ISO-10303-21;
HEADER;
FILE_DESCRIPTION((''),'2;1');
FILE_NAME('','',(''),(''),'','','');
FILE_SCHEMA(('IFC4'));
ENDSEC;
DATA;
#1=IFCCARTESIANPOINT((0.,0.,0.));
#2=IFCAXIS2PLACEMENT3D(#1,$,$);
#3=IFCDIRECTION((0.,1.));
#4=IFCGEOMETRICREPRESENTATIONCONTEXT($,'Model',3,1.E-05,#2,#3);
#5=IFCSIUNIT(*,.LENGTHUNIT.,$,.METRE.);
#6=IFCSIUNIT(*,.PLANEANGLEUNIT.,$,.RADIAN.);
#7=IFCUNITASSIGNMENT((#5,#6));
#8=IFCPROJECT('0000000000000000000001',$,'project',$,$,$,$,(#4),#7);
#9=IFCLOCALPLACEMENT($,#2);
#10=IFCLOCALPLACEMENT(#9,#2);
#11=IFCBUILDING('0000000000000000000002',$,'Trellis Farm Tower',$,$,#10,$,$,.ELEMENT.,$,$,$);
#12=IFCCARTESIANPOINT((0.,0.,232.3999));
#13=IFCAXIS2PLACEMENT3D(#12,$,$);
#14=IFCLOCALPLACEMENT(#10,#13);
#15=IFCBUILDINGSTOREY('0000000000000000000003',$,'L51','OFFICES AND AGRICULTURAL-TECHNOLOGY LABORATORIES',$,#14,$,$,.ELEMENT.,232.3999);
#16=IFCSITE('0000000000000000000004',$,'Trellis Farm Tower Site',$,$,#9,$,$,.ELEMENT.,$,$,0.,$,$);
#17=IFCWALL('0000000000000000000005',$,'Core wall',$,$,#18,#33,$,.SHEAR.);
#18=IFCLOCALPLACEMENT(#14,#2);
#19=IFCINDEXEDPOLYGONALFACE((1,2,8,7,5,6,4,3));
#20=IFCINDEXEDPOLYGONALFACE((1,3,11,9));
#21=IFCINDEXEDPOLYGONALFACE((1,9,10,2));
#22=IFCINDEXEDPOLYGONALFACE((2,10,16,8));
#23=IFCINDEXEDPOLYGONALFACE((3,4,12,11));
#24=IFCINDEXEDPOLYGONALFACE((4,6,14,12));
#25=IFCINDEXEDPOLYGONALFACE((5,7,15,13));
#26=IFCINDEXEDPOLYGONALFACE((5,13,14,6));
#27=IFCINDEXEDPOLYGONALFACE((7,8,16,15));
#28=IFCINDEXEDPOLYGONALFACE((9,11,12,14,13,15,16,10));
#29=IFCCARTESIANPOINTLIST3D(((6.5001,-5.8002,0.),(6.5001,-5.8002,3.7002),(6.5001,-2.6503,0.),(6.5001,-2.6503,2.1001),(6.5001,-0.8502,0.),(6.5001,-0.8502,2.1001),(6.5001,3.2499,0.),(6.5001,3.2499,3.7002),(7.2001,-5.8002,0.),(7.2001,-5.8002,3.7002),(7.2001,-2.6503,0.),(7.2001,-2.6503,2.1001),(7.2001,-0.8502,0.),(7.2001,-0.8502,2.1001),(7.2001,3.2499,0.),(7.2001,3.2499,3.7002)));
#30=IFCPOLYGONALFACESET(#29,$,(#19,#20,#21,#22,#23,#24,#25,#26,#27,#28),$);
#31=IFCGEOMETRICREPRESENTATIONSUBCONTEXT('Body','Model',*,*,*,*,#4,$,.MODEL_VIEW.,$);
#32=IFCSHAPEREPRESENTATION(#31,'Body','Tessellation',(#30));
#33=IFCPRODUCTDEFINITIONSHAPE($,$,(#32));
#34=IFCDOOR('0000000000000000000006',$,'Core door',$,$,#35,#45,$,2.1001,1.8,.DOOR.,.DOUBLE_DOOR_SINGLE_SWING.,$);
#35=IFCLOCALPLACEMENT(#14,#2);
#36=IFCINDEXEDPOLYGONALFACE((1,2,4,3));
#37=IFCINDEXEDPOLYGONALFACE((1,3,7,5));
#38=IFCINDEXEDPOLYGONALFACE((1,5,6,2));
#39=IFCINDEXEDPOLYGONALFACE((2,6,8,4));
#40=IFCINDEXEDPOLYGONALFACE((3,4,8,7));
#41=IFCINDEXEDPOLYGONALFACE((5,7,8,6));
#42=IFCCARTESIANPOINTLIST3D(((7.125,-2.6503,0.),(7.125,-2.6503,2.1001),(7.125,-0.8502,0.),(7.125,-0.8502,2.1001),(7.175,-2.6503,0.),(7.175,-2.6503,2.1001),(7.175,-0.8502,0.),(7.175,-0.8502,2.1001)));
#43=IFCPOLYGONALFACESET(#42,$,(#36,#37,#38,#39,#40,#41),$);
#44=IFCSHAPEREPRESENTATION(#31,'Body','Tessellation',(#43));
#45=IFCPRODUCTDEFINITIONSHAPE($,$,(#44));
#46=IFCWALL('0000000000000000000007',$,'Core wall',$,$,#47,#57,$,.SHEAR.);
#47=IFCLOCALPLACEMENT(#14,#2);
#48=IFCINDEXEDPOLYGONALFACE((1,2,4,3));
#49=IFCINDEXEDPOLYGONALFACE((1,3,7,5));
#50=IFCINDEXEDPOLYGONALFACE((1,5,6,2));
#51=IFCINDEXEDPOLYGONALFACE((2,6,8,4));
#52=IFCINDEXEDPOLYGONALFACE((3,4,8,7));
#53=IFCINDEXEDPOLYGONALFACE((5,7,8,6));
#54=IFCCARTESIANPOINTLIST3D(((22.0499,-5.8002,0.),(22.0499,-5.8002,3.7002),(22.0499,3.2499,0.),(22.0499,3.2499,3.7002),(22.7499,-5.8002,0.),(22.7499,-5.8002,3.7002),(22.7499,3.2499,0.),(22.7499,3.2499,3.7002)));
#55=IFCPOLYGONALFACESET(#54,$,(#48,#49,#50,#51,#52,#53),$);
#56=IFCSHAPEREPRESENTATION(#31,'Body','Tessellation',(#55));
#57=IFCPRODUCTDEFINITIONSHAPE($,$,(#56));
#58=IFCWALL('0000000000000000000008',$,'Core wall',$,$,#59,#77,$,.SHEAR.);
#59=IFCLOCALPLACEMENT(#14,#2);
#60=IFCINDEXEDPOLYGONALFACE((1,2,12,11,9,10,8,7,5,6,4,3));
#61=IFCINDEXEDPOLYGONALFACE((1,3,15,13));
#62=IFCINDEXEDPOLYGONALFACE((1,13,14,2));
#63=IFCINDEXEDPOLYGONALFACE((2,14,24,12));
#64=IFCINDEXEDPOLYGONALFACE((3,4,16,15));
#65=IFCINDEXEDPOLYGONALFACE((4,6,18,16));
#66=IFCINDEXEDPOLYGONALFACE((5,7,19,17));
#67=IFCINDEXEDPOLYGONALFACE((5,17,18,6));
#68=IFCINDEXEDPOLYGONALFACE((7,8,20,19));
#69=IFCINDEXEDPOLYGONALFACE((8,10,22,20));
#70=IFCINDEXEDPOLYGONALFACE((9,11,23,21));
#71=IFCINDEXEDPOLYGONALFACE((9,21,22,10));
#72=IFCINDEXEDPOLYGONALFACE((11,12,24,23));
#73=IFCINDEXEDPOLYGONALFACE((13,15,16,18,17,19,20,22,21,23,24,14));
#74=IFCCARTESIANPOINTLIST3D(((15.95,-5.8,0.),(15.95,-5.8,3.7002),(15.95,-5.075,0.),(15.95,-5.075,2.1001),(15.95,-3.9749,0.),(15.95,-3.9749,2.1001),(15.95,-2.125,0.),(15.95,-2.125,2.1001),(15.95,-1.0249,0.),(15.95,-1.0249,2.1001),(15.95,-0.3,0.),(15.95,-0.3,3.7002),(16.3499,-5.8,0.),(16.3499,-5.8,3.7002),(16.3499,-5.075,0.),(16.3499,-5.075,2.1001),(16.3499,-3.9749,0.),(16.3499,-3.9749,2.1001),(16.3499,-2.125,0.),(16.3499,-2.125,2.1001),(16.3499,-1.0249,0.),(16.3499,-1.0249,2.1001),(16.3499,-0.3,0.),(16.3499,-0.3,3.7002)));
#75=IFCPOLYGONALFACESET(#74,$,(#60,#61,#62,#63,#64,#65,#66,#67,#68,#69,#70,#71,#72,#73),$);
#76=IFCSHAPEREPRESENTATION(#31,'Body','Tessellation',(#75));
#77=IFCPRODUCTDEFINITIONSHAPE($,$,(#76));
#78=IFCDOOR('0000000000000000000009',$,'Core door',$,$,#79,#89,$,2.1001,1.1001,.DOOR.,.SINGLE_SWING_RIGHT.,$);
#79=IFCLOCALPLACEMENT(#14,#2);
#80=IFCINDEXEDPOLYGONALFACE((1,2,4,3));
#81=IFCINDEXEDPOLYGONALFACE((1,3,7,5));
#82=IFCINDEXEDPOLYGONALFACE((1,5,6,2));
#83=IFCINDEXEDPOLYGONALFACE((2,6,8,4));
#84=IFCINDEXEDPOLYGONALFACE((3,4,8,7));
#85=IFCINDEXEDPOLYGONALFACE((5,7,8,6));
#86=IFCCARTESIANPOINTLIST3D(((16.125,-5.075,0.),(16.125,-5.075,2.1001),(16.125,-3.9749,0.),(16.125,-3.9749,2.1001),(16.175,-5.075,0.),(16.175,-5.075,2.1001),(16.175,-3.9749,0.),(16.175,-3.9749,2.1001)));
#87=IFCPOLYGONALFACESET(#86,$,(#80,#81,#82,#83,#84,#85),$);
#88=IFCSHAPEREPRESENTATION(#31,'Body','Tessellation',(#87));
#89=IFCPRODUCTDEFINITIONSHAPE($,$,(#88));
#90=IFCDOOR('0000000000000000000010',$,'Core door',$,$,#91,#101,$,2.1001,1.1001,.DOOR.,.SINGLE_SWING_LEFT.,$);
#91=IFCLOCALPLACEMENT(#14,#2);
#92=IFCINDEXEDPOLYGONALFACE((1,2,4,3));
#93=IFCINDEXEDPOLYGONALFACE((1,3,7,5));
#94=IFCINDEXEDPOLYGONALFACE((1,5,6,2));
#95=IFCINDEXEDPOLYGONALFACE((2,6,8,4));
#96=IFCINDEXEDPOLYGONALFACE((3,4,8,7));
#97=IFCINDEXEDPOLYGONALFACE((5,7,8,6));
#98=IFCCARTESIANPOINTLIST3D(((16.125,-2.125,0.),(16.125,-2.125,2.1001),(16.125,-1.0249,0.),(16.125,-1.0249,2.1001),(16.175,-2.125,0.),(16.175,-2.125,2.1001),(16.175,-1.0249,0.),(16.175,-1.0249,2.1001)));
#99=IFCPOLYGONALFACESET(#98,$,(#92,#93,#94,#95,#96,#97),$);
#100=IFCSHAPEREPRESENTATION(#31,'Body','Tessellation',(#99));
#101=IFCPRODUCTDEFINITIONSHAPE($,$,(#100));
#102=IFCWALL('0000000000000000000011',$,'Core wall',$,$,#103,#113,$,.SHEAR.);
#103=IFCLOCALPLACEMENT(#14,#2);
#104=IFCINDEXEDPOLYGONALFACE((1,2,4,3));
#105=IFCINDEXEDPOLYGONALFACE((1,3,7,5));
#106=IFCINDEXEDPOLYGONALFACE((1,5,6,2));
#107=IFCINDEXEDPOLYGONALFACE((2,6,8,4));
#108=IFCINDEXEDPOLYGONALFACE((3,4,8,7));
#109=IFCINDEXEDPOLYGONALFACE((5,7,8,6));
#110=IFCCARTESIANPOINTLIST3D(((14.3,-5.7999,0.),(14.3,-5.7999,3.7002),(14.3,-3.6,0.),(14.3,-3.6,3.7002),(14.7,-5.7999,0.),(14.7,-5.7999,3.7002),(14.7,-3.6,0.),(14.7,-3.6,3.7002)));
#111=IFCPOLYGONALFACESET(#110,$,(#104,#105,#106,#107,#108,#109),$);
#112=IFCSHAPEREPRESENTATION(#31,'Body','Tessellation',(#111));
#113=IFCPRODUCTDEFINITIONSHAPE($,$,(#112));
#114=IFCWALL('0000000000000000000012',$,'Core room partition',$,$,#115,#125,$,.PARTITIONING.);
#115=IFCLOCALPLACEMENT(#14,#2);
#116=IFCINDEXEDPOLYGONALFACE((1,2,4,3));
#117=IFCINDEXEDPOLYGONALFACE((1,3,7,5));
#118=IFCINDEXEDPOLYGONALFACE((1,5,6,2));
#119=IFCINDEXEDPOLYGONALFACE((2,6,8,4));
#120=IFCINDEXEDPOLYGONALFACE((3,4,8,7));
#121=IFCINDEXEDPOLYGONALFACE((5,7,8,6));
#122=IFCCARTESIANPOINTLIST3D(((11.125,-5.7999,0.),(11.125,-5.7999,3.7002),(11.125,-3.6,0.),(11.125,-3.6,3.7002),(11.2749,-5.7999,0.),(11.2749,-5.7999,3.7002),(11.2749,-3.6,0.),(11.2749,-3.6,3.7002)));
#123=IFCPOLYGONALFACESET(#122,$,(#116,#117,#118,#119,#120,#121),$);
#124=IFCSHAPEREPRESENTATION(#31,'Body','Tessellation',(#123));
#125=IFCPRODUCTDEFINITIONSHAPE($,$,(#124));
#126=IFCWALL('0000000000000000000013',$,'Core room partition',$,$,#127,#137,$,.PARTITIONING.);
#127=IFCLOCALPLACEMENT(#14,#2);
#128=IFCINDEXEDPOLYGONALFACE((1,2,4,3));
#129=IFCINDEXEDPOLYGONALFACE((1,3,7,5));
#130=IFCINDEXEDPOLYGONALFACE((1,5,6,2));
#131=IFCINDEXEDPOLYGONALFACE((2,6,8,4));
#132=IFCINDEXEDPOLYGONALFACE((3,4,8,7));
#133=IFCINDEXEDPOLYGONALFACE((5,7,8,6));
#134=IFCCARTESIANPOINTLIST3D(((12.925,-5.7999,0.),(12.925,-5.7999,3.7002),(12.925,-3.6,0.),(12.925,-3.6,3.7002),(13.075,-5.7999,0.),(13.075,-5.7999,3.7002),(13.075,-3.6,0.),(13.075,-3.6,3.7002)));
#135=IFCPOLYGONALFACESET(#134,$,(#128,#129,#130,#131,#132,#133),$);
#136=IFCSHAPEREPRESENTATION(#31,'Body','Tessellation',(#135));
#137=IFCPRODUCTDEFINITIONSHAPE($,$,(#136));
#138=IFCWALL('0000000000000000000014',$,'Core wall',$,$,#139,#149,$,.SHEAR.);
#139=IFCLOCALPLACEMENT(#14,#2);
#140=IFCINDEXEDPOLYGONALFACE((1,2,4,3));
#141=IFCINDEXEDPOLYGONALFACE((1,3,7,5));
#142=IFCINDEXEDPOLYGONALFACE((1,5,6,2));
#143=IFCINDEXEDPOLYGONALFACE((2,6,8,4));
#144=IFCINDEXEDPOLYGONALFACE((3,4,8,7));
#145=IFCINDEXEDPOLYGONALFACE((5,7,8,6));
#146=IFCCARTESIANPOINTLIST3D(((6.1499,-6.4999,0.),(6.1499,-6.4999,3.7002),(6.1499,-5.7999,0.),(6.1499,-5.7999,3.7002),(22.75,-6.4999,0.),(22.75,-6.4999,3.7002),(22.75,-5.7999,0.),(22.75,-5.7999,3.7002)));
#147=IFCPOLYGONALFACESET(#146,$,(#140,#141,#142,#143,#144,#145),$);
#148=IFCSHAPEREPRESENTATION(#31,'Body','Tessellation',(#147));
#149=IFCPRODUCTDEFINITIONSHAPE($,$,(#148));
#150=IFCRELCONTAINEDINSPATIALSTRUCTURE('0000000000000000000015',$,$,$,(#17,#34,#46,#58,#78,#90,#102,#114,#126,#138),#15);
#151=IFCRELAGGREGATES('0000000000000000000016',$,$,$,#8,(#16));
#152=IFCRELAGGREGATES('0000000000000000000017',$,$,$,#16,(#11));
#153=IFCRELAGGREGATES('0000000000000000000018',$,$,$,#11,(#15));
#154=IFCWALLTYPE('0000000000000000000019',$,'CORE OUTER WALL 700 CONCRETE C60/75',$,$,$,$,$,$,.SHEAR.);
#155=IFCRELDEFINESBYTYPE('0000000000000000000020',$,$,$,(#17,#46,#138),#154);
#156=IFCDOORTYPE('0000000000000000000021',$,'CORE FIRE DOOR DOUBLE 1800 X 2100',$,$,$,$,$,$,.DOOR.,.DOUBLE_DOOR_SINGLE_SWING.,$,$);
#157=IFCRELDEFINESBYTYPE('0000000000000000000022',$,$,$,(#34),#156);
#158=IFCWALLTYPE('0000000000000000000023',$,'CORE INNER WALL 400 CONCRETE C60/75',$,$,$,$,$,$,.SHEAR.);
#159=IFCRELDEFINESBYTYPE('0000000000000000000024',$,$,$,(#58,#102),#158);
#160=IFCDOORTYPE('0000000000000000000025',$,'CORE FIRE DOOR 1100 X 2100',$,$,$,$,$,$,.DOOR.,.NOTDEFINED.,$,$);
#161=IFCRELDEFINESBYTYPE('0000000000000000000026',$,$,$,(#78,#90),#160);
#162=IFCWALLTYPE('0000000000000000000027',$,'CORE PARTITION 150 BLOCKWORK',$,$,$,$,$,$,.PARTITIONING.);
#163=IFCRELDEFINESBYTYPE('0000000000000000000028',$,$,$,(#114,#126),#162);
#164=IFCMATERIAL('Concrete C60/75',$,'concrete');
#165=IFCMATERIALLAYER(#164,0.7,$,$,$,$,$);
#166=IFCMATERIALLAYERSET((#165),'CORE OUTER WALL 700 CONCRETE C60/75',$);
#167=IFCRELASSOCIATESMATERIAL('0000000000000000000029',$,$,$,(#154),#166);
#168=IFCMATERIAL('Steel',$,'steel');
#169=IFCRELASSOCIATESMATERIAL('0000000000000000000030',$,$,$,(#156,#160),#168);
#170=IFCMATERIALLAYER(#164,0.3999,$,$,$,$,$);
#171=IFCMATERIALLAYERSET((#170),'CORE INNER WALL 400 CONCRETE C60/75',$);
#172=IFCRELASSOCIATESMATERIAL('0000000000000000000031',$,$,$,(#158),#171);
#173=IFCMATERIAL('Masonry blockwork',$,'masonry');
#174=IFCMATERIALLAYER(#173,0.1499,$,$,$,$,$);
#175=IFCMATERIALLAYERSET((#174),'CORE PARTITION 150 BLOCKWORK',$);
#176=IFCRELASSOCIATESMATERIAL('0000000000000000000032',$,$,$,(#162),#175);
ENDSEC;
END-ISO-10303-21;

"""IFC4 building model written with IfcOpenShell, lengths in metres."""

from ifc_helpers import new_model, si_unit, direction, frame, frame_2d, origin, place, context, subcontext, project, spatial, rectangle, extrude, source, transform, mapped, material, layer, layer_set, type_object, element, fill, save


model = new_model("IFC4")

# Units and contexts
model_context = context("Model", 3, precision=1e-05, world=origin(), true_north=direction((0.0, 1.0)))
body_context = subcontext(model_context, "Body", "Model", "MODEL_VIEW")
ifc_project = project(units=[si_unit("LENGTHUNIT", "METRE"), si_unit("PLANEANGLEUNIT", "RADIAN")], contexts=[model_context])

# Site, building, storey
site_placement = place(None, origin())
site = spatial("IfcSite", under=ifc_project, at=site_placement, Name="Trellis Farm Tower Site", CompositionType="ELEMENT", RefElevation=0.0)
building_placement = place(site_placement, origin())
building = spatial("IfcBuilding", under=site, at=building_placement, Name="Trellis Farm Tower", CompositionType="ELEMENT")
storey_placement = place(building_placement, frame((0.0, 0.0, 232.3999)))
storey = spatial("IfcBuildingStorey", under=building, at=storey_placement, Name="L51", Description="OFFICES AND AGRICULTURAL-TECHNOLOGY LABORATORIES", CompositionType="ELEMENT", Elevation=232.3999)

# Shared definitions
ifc_material_1 = material(Name="Concrete C60/75", Category="concrete")

# Wall, opening, door
ifc_layer_1 = layer(ifc_material_1, 0.7)
ifc_layer_set_1 = layer_set([ifc_layer_1], Name="CORE OUTER WALL 700 CONCRETE C60/75")
wall_type_1 = type_object("IfcWallType", Name="CORE OUTER WALL 700 CONCRETE C60/75", PredefinedType="SHEAR", material=ifc_layer_set_1)
shared_shape_1 = source(origin(), body_context, "Body", "SweptSolid", [
    extrude(rectangle(XDim=9.05, YDim=0.7, at=frame_2d((4.5249, 0.0))), origin(), (0.0, 0.0, 1.0), 3.7002),
])
wall_1_placement = place(storey_placement, frame((6.8501, -5.8, 0.0), z_axis=(0.0, 0.0, 1.0), x_axis=(0.0, 1.0, 0.0)))
wall_1 = element("IfcWall", 1, at=wall_1_placement, inside=storey, type_object=wall_type_1, Name="Core wall", PredefinedType="SHEAR", context=body_context, shape_type="MappedRepresentation", body=[
    mapped(shared_shape_1, transform((0.0, 0.0, 0.0))),
])
shared_shape_2 = source(origin(), body_context, "Body", "SweptSolid", [
    extrude(rectangle(XDim=1.8, YDim=2.1001, at=frame_2d((0.8999, 1.05))), frame((0.0, 0.3601, 0.0), z_axis=(0.0, -1.0, 0.0), x_axis=(1.0, 0.0, 0.0)), (0.0, 0.0, 1.0), 0.7202),
])
opening_1_placement = place(wall_1_placement, frame((3.1499, 0.0, 0.0)))
opening_1 = element("IfcOpeningElement", 2, at=opening_1_placement, cuts=wall_1, PredefinedType="OPENING", context=body_context, shape_type="MappedRepresentation", body=[
    mapped(shared_shape_2, transform((0.0, 0.0, 0.0))),
])
ifc_material_2 = material(Name="Steel", Category="steel")
door_type_1 = type_object("IfcDoorType", Name="CORE FIRE DOOR DOUBLE 1800 X 2100", OperationType="DOUBLE_DOOR_SINGLE_SWING", PredefinedType="DOOR", material=ifc_material_2)
shared_shape_3 = source(origin(), body_context, "Body", "SweptSolid", [
    extrude(rectangle(XDim=1.8, YDim=2.1001, at=frame_2d((0.8999, 1.05))), frame((0.0, -0.2749, 0.0), z_axis=(0.0, -1.0, 0.0), x_axis=(1.0, 0.0, 0.0)), (0.0, 0.0, 1.0), 0.05),
])
door_1_placement = place(opening_1_placement, origin())
door_1 = element("IfcDoor", 3, at=door_1_placement, inside=storey, type_object=door_type_1, Name="Core door", OperationType="DOUBLE_DOOR_SINGLE_SWING", OverallHeight=2.1001, OverallWidth=1.8, PredefinedType="DOOR", context=body_context, shape_type="MappedRepresentation", body=[
    mapped(shared_shape_3, transform((0.0, 0.0, 0.0))),
])
fill(opening_1, door_1)

# Wall
wall_2_placement = place(storey_placement, frame((22.3999, -5.8, 0.0), z_axis=(0.0, 0.0, 1.0), x_axis=(0.0, 1.0, 0.0)))
element("IfcWall", 4, at=wall_2_placement, inside=storey, type_object=wall_type_1, Name="Core wall", PredefinedType="SHEAR", context=body_context, shape_type="MappedRepresentation", body=[
    mapped(shared_shape_1, transform((0.0, 0.0, 0.0))),
])

# Wall, openings, doors
ifc_layer_2 = layer(ifc_material_1, 0.3999)
ifc_layer_set_2 = layer_set([ifc_layer_2], Name="CORE INNER WALL 400 CONCRETE C60/75")
wall_type_2 = type_object("IfcWallType", Name="CORE INNER WALL 400 CONCRETE C60/75", PredefinedType="SHEAR", material=ifc_layer_set_2)
shared_shape_4 = source(origin(), body_context, "Body", "SweptSolid", [
    extrude(rectangle(XDim=5.5, YDim=0.3999, at=frame_2d((2.75, 0.0))), origin(), (0.0, 0.0, 1.0), 3.7002),
])
wall_3_placement = place(storey_placement, frame((16.1499, -5.8, 0.0), z_axis=(0.0, 0.0, 1.0), x_axis=(0.0, 1.0, 0.0)))
wall_3 = element("IfcWall", 5, at=wall_3_placement, inside=storey, type_object=wall_type_2, Name="Core wall", PredefinedType="SHEAR", context=body_context, shape_type="MappedRepresentation", body=[
    mapped(shared_shape_4, transform((0.0, 0.0, 0.0))),
])
shared_shape_5 = source(origin(), body_context, "Body", "SweptSolid", [
    extrude(rectangle(XDim=1.1001, YDim=2.1001, at=frame_2d((0.55, 1.05))), frame((0.0, 0.21, 0.0), z_axis=(0.0, -1.0, 0.0), x_axis=(1.0, 0.0, 0.0)), (0.0, 0.0, 1.0), 0.4199),
])
opening_2_placement = place(wall_3_placement, frame((0.7251, 0.0, 0.0)))
opening_2 = element("IfcOpeningElement", 6, at=opening_2_placement, cuts=wall_3, PredefinedType="OPENING", context=body_context, shape_type="MappedRepresentation", body=[
    mapped(shared_shape_5, transform((0.0, 0.0, 0.0))),
])
opening_3_placement = place(wall_3_placement, frame((3.675, 0.0, 0.0)))
opening_3 = element("IfcOpeningElement", 7, at=opening_3_placement, cuts=wall_3, PredefinedType="OPENING", context=body_context, shape_type="MappedRepresentation", body=[
    mapped(shared_shape_5, transform((0.0, 0.0, 0.0))),
])
door_type_2 = type_object("IfcDoorType", Name="CORE FIRE DOOR 1100 X 2100", OperationType="NOTDEFINED", PredefinedType="DOOR", material=ifc_material_2)
shared_shape_6 = source(origin(), body_context, "Body", "SweptSolid", [
    extrude(rectangle(XDim=1.1001, YDim=2.1001, at=frame_2d((0.55, 1.05))), frame((0.0, 0.0249, 0.0), z_axis=(0.0, -1.0, 0.0), x_axis=(1.0, 0.0, 0.0)), (0.0, 0.0, 1.0), 0.05),
])
door_2_placement = place(opening_2_placement, origin())
door_2 = element("IfcDoor", 8, at=door_2_placement, inside=storey, type_object=door_type_2, Name="Core door", OperationType="SINGLE_SWING_RIGHT", OverallHeight=2.1001, OverallWidth=1.1001, PredefinedType="DOOR", context=body_context, shape_type="MappedRepresentation", body=[
    mapped(shared_shape_6, transform((0.0, 0.0, 0.0))),
])
fill(opening_2, door_2)
door_3_placement = place(opening_3_placement, origin())
door_3 = element("IfcDoor", 9, at=door_3_placement, inside=storey, type_object=door_type_2, Name="Core door", OperationType="SINGLE_SWING_LEFT", OverallHeight=2.1001, OverallWidth=1.1001, PredefinedType="DOOR", context=body_context, shape_type="MappedRepresentation", body=[
    mapped(shared_shape_6, transform((0.0, 0.0, 0.0))),
])
fill(opening_3, door_3)

# Walls
shared_shape_7 = source(origin(), body_context, "Body", "SweptSolid", [
    extrude(rectangle(XDim=2.2, YDim=0.3999, at=frame_2d((1.1001, 0.0))), origin(), (0.0, 0.0, 1.0), 3.7002),
])
wall_4_placement = place(storey_placement, frame((14.5, -5.8, 0.0), z_axis=(0.0, 0.0, 1.0), x_axis=(0.0, 1.0, 0.0)))
element("IfcWall", 10, at=wall_4_placement, inside=storey, type_object=wall_type_2, Name="Core wall", PredefinedType="SHEAR", context=body_context, shape_type="MappedRepresentation", body=[
    mapped(shared_shape_7, transform((0.0, 0.0, 0.0))),
])
ifc_material_3 = material(Name="Masonry blockwork", Category="masonry")
ifc_layer_3 = layer(ifc_material_3, 0.1499)
ifc_layer_set_3 = layer_set([ifc_layer_3], Name="CORE PARTITION 150 BLOCKWORK")
wall_type_3 = type_object("IfcWallType", Name="CORE PARTITION 150 BLOCKWORK", PredefinedType="PARTITIONING", material=ifc_layer_set_3)
shared_shape_8 = source(origin(), body_context, "Body", "SweptSolid", [
    extrude(rectangle(XDim=2.2, YDim=0.1499, at=frame_2d((1.1001, 0.0))), origin(), (0.0, 0.0, 1.0), 3.7002),
])
for number, where, z_axis, x_axis, name in (
    (11, (11.2, -5.8, 0.0), (0.0, 0.0, 1.0), (0.0, 1.0, 0.0), "Core room partition"),
    (12, (13.0, -5.8, 0.0), (0.0, 0.0, 1.0), (0.0, 1.0, 0.0), "Core room partition"),
):
    element("IfcWall", number, at=place(storey_placement, frame(where, z_axis=z_axis, x_axis=x_axis)), inside=storey, type_object=wall_type_3, Name=name, PredefinedType="PARTITIONING", context=body_context, shape_type="MappedRepresentation", body=[
        mapped(shared_shape_8, transform((0.0, 0.0, 0.0))),
    ])
shared_shape_9 = source(origin(), body_context, "Body", "SweptSolid", [
    extrude(rectangle(XDim=16.6001, YDim=0.7, at=frame_2d((8.3, 0.0))), origin(), (0.0, 0.0, 1.0), 3.7002),
])
wall_5_placement = place(storey_placement, frame((6.1499, -6.1499, 0.0), z_axis=(0.0, 0.0, 1.0), x_axis=(1.0, 0.0, 0.0)))
element("IfcWall", 13, at=wall_5_placement, inside=storey, type_object=wall_type_1, Name="Core wall", PredefinedType="SHEAR", context=body_context, shape_type="MappedRepresentation", body=[
    mapped(shared_shape_9, transform((0.0, 0.0, 0.0))),
])

save(model, "model.ifc")
